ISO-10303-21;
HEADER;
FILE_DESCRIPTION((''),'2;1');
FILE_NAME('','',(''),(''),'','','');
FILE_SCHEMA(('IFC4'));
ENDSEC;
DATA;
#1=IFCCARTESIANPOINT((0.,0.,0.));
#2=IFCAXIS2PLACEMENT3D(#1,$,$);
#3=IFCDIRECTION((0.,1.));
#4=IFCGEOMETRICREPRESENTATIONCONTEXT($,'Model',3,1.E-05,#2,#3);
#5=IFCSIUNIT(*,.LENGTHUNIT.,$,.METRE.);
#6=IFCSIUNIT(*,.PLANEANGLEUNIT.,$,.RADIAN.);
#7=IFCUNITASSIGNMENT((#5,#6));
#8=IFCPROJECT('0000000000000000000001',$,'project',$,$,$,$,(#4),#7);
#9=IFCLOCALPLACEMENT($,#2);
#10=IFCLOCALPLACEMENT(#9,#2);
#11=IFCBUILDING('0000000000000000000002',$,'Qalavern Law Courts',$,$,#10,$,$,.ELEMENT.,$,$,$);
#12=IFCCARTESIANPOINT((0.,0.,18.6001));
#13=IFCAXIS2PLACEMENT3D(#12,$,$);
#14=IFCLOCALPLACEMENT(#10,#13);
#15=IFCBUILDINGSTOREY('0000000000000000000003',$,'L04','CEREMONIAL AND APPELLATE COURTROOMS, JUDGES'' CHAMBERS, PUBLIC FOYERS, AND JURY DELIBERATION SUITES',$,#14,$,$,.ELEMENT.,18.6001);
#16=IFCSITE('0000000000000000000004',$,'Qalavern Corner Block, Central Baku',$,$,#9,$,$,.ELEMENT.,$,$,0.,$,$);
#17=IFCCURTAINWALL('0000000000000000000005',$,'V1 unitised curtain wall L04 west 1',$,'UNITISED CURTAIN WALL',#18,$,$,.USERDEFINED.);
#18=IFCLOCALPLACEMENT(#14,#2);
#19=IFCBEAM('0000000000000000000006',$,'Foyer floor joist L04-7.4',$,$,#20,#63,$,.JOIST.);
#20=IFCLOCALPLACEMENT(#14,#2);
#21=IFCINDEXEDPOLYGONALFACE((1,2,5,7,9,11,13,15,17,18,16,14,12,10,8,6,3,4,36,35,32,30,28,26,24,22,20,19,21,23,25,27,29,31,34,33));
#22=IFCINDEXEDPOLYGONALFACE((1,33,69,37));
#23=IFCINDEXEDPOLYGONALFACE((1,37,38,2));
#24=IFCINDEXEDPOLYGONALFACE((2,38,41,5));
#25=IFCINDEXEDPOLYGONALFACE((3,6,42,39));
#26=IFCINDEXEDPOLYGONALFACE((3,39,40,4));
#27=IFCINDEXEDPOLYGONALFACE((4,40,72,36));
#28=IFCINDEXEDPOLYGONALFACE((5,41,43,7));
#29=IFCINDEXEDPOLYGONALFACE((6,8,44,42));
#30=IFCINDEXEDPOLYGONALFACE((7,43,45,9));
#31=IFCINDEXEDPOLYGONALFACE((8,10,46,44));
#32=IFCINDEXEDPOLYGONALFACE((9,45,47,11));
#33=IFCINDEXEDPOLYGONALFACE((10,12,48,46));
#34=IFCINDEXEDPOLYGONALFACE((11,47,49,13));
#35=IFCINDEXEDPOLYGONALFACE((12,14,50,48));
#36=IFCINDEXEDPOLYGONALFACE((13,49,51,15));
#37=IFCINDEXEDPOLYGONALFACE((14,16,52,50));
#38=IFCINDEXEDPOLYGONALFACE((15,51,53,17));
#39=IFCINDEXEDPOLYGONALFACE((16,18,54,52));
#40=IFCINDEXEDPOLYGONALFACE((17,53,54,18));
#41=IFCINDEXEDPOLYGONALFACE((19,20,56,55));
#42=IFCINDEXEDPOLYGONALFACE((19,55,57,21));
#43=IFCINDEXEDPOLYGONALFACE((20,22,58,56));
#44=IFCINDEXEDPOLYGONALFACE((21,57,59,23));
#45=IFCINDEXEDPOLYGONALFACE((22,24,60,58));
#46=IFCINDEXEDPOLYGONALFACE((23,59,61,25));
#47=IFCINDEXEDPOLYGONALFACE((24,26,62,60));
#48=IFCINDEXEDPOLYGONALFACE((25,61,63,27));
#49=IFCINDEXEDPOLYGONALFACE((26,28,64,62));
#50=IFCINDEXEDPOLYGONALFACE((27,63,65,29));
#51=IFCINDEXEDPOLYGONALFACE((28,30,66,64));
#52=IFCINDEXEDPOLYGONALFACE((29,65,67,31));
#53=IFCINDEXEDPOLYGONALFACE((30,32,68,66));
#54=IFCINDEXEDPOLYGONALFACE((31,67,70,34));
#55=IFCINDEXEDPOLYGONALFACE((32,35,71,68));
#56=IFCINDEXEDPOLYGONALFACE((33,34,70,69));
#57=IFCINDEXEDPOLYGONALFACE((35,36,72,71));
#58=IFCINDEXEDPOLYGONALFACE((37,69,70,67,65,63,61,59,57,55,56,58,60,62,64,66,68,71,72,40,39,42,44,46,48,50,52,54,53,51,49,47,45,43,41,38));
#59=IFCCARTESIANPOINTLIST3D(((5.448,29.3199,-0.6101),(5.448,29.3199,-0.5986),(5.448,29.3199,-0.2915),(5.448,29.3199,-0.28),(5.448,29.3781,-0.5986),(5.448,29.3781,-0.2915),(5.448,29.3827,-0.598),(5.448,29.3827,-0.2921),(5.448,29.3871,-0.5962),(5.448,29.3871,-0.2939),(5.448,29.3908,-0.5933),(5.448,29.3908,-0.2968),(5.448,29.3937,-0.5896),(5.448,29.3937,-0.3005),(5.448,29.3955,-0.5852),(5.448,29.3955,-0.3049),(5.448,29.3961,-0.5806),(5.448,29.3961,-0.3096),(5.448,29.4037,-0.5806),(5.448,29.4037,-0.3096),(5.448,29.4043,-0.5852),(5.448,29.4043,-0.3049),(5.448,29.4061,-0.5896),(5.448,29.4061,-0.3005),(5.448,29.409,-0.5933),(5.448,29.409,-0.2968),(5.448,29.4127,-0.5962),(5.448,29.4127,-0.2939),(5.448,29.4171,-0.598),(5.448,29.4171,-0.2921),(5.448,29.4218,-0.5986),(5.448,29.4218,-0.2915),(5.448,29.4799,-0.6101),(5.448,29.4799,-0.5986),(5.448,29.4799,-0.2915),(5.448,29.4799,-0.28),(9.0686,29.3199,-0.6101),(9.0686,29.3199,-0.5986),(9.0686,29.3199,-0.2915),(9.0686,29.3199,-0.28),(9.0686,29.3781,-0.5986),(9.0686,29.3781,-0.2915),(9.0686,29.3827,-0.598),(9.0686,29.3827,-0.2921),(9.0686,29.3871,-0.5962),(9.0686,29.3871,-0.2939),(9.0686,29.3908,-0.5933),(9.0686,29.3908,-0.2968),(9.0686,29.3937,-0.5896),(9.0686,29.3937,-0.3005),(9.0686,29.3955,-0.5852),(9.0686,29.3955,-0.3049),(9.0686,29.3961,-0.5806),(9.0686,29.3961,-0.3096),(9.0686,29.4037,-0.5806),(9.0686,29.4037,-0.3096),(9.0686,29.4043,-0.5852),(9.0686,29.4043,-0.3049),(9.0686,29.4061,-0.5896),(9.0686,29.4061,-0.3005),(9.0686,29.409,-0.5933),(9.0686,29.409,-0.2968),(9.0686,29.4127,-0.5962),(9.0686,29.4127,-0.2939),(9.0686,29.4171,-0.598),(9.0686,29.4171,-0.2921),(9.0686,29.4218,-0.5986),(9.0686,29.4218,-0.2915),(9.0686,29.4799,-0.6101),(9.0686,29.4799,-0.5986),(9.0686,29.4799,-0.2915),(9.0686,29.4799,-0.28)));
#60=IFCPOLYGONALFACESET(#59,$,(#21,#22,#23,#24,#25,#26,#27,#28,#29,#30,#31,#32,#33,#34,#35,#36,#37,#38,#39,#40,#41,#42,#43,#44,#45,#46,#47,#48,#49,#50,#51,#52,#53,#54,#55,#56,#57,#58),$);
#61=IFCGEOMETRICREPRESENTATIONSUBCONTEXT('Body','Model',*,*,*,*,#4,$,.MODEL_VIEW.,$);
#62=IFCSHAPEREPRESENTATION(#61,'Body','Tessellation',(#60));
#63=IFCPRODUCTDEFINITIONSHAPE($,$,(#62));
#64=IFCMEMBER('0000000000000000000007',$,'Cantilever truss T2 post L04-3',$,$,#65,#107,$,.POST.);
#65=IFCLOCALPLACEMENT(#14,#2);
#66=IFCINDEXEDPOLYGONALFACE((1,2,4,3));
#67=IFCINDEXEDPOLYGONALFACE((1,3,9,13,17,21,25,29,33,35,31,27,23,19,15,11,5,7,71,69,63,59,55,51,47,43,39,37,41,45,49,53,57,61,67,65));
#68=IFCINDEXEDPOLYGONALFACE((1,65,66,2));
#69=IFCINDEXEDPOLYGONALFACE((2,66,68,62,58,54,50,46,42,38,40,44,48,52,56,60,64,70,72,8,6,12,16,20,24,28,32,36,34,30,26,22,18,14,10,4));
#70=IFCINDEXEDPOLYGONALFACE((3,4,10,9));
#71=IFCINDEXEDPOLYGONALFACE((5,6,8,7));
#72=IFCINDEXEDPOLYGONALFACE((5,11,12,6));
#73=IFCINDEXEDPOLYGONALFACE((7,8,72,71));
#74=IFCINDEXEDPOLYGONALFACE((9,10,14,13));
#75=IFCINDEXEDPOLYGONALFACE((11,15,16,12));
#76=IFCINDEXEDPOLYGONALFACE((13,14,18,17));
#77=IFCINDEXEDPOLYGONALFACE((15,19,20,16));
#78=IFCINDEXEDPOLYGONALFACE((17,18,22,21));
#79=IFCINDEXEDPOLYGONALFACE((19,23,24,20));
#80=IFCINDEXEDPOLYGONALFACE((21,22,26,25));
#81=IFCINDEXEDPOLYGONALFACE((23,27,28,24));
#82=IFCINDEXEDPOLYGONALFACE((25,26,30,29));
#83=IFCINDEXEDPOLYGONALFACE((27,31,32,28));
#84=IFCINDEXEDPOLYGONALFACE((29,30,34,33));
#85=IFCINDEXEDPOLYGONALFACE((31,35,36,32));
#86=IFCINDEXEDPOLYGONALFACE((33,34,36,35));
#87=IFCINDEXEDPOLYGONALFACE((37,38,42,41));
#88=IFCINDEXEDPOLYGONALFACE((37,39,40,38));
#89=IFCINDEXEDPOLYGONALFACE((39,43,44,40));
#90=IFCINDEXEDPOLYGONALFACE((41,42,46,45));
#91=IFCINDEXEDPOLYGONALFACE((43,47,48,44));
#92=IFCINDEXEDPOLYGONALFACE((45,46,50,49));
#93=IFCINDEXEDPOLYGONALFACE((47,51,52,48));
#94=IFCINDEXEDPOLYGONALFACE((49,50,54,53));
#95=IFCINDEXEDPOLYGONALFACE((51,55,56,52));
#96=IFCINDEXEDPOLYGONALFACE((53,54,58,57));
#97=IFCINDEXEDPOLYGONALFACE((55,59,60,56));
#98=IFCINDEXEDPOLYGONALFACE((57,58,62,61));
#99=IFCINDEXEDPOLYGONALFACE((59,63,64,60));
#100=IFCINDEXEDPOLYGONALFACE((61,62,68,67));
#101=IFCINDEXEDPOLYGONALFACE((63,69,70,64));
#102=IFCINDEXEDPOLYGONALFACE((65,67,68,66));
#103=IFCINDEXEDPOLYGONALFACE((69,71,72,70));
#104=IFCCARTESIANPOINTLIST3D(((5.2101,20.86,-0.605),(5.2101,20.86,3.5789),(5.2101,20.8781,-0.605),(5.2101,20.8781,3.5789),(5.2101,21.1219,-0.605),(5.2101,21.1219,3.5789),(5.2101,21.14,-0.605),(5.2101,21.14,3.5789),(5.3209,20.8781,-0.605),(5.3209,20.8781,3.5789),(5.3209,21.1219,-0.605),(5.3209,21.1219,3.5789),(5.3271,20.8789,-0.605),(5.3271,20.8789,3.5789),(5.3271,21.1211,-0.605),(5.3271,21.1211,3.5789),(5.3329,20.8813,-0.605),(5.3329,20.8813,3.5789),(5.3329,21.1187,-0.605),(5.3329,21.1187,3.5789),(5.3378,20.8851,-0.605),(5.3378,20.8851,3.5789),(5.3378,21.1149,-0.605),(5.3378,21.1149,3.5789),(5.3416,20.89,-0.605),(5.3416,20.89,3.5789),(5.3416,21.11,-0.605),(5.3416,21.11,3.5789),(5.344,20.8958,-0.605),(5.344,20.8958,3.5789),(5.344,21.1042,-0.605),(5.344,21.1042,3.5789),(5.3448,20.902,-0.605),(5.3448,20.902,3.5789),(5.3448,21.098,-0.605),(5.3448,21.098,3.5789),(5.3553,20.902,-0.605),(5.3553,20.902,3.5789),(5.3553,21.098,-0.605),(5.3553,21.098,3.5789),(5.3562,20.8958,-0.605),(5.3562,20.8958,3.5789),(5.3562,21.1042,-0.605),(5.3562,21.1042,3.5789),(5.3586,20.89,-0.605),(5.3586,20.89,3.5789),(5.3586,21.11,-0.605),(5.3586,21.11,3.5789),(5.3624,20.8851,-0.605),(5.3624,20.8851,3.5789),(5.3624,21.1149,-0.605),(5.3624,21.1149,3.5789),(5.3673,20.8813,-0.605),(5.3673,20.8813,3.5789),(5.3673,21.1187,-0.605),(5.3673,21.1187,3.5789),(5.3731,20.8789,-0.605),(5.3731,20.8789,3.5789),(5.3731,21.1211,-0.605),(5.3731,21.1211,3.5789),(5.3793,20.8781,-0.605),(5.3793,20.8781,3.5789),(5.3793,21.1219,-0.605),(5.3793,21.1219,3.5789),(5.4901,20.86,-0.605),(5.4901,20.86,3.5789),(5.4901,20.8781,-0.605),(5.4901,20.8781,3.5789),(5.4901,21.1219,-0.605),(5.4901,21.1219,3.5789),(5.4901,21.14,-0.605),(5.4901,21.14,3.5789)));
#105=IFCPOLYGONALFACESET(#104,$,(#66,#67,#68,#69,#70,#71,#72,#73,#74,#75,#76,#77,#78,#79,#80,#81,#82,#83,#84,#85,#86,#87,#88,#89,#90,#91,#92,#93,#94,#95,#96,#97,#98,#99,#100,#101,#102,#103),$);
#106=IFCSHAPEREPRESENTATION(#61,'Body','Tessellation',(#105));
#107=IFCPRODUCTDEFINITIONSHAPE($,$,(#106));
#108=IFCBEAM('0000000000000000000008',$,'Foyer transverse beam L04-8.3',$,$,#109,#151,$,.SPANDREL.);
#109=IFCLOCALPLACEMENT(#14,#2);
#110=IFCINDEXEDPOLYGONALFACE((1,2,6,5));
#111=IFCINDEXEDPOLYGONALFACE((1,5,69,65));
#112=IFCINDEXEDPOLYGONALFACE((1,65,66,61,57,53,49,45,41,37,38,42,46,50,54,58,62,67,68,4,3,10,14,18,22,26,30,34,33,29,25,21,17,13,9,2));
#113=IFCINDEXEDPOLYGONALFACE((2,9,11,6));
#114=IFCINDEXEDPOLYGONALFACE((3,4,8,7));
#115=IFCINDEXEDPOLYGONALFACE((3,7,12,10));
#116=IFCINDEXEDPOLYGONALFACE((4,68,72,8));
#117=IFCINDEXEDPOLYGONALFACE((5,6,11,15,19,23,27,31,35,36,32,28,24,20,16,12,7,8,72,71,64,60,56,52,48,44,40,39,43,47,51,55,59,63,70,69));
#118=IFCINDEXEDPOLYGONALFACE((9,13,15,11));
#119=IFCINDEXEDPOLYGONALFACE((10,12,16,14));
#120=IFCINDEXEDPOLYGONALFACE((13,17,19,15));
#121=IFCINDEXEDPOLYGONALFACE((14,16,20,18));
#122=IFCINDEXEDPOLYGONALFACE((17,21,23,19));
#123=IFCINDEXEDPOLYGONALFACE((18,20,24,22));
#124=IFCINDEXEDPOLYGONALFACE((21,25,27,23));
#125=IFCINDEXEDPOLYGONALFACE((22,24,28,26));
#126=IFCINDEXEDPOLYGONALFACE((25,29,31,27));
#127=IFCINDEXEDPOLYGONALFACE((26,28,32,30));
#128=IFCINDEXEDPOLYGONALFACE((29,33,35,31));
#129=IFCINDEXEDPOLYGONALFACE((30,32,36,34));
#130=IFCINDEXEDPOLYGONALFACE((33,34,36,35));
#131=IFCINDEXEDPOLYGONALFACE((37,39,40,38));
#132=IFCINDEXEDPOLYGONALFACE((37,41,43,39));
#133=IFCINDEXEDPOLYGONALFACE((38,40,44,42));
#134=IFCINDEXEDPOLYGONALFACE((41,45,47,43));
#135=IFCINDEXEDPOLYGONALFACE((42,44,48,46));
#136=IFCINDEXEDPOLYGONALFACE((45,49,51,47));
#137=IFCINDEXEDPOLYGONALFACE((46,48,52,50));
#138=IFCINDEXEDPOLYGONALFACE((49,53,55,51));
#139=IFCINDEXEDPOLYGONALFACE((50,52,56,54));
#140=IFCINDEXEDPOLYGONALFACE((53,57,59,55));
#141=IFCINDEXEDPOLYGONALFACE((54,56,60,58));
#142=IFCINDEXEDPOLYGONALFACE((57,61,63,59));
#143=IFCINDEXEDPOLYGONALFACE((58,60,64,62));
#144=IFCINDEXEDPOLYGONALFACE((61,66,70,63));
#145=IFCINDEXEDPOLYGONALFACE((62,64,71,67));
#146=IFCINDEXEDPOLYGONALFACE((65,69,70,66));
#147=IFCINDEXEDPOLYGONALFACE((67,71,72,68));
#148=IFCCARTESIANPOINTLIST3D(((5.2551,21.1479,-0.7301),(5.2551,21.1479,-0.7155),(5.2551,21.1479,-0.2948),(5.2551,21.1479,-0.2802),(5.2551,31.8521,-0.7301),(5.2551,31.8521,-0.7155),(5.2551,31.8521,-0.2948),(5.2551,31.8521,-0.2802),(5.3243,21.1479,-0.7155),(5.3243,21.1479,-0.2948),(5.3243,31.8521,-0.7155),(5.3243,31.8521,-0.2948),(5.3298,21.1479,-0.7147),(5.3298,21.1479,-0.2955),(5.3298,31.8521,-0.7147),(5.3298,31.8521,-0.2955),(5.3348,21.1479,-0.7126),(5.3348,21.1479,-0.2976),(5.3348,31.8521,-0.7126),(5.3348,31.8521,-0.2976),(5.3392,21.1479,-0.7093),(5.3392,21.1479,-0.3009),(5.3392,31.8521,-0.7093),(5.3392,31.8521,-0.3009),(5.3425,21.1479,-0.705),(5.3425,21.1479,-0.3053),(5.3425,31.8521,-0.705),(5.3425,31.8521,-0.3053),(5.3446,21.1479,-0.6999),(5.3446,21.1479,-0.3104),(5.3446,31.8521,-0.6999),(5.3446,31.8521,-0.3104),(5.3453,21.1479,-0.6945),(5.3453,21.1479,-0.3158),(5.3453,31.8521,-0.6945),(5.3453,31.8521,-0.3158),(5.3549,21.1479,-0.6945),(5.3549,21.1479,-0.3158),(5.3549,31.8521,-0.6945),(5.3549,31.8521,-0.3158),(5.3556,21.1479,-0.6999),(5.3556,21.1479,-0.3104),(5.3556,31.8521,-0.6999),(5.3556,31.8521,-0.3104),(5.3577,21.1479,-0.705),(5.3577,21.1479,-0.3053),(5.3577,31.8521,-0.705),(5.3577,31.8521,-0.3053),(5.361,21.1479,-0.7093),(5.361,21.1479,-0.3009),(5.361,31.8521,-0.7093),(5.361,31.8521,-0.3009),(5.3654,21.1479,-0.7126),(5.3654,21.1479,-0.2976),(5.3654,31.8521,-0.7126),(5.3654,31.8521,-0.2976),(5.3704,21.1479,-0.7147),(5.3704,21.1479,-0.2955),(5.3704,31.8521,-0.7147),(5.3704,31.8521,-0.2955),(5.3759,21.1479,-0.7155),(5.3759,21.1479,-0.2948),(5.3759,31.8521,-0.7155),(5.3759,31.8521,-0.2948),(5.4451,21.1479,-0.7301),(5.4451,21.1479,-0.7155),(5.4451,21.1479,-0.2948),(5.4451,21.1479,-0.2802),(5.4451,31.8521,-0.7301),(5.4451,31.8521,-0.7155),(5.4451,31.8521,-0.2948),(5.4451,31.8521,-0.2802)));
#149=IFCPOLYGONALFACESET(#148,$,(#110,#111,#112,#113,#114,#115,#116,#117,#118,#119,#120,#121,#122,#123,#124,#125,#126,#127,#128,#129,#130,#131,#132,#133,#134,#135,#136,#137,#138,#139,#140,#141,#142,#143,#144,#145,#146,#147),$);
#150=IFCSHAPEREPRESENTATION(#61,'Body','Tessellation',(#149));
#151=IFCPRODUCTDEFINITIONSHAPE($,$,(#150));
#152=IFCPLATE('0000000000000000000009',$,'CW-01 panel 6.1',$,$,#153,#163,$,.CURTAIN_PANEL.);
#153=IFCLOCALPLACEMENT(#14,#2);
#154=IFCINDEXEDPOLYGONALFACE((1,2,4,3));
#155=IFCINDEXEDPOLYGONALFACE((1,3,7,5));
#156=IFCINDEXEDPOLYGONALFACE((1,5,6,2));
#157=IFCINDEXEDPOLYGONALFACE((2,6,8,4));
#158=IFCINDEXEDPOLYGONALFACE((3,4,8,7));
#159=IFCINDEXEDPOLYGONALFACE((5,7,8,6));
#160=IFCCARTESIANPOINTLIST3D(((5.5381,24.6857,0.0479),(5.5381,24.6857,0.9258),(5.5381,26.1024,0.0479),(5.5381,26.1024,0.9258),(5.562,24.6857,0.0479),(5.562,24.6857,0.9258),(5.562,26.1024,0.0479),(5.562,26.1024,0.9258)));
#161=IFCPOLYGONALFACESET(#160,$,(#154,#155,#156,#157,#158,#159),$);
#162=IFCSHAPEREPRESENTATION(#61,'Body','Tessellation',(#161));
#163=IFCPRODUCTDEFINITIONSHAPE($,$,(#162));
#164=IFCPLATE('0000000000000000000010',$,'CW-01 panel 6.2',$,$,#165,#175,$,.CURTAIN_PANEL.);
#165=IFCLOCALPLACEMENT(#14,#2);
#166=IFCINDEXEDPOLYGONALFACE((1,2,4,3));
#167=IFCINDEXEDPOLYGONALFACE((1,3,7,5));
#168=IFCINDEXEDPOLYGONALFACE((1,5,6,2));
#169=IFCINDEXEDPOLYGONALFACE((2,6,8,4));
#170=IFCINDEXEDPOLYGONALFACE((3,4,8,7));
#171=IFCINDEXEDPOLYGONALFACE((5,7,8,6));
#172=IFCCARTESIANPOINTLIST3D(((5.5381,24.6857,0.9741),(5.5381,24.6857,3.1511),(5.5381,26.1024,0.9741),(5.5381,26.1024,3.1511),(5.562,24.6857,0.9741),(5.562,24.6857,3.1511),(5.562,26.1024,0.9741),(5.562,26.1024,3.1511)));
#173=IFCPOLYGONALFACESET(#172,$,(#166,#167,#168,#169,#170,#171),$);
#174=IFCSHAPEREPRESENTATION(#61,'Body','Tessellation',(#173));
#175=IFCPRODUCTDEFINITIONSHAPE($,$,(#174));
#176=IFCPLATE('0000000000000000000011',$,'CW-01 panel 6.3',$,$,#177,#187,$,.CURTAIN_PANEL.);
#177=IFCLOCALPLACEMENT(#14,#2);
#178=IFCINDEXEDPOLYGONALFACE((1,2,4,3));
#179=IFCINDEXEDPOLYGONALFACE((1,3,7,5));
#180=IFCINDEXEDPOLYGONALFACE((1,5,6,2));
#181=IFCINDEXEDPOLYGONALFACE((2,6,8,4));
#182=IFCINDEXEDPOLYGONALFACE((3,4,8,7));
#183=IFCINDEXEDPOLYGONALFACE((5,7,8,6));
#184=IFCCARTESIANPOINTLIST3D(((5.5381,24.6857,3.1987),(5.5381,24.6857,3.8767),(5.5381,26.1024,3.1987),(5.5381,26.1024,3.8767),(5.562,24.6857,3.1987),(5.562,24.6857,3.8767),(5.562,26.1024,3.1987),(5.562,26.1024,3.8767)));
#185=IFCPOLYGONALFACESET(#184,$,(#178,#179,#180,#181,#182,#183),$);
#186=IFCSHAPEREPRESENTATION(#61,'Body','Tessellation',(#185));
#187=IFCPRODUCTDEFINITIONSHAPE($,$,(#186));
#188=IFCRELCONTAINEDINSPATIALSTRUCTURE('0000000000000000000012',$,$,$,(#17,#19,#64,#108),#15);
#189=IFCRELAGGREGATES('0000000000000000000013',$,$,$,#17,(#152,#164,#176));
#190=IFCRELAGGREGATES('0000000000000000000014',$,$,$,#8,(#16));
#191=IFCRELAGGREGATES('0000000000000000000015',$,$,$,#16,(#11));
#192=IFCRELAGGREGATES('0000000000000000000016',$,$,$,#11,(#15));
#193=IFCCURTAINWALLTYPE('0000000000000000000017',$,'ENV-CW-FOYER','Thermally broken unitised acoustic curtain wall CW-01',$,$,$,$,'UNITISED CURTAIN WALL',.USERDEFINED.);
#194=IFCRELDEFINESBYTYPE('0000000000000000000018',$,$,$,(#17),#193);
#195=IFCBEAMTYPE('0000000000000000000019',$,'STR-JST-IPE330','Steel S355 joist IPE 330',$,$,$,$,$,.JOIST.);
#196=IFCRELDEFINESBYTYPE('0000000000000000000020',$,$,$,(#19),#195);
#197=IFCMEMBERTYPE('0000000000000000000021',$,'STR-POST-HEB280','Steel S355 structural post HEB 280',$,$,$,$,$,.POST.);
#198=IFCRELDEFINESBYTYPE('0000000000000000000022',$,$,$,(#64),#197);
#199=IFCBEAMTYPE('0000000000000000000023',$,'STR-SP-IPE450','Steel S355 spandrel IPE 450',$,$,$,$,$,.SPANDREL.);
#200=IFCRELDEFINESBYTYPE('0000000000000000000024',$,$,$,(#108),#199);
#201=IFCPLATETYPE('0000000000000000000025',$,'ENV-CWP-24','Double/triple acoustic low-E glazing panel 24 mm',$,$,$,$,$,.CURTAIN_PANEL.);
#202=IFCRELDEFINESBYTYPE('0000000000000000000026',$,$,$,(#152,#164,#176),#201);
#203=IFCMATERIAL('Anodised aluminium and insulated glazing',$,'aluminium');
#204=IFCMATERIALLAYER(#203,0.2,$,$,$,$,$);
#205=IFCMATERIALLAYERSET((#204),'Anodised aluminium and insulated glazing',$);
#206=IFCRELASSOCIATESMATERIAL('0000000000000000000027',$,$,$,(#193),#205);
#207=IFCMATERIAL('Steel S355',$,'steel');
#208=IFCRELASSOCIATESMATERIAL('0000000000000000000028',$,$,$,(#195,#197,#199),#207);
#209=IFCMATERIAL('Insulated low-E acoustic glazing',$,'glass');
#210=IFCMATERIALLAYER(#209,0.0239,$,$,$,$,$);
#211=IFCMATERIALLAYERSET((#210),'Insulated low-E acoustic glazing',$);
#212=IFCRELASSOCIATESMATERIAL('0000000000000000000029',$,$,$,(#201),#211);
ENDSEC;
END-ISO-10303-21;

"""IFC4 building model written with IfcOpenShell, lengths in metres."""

from ifc_helpers import new_model, si_unit, direction, frame, origin, origin_2d, place, context, subcontext, project, spatial, rectangle, i_section, extrude, material, layer, layer_set, material_profile, profile_set, type_object, element, aggregate, save


model = new_model("IFC4")

# Units and contexts
model_context = context("Model", 3, precision=1e-05, world=origin(), true_north=direction((0.0, 1.0)))
body_context = subcontext(model_context, "Body", "Model", "MODEL_VIEW")
ifc_project = project(units=[si_unit("LENGTHUNIT", "METRE"), si_unit("PLANEANGLEUNIT", "RADIAN")], contexts=[model_context])

# Site, building, storey
site_placement = place(None, origin())
site = spatial("IfcSite", under=ifc_project, at=site_placement, Name="Qalavern Corner Block, Central Baku", CompositionType="ELEMENT", RefElevation=0.0)
building_placement = place(site_placement, origin())
building = spatial("IfcBuilding", under=site, at=building_placement, Name="Qalavern Law Courts", CompositionType="ELEMENT")
storey_placement = place(building_placement, frame((0.0, 0.0, 18.6001)))
storey = spatial("IfcBuildingStorey", under=building, at=storey_placement, Name="L04", Description="CEREMONIAL AND APPELLATE COURTROOMS, JUDGES' CHAMBERS, PUBLIC FOYERS, AND JURY DELIBERATION SUITES", CompositionType="ELEMENT", Elevation=18.6001)

# Curtain wall
ifc_material_1 = material(Name="Anodised aluminium and insulated glazing", Category="aluminium")
ifc_layer_1 = layer(ifc_material_1, 0.2)
ifc_layer_set_1 = layer_set([ifc_layer_1], Name="Anodised aluminium and insulated glazing")
curtain_wall_type = type_object("IfcCurtainWallType", Name="ENV-CW-FOYER", Description="Thermally broken unitised acoustic curtain wall CW-01", ElementType="UNITISED CURTAIN WALL", PredefinedType="USERDEFINED", material=ifc_layer_set_1)
curtain_wall_placement = place(storey_placement, origin())
curtain_wall = element("IfcCurtainWall", 1, at=curtain_wall_placement, inside=storey, type_object=curtain_wall_type, Name="V1 unitised curtain wall L04 west 1", ObjectType="UNITISED CURTAIN WALL", PredefinedType="USERDEFINED")

# Beam
ifc_material_2 = material(Name="Steel S355", Category="steel")
ifc_material_profile_1 = material_profile(ifc_material_2, i_section(OverallWidth=0.1599, OverallDepth=0.3301, WebThickness=0.0076, FlangeThickness=0.0115, FilletRadius=0.0181, at=origin_2d()), Name="IPE 330")
ifc_profile_set_1 = profile_set([ifc_material_profile_1], Name="Steel S355")
beam_type_1 = type_object("IfcBeamType", Name="STR-JST-IPE330", Description="Steel S355 joist IPE 330", PredefinedType="JOIST", material=ifc_profile_set_1)
for number, where, z_axis, x_axis, name in (
    (2, (5.448, 29.3999, -0.4451), (1.0, 0.0, 0.0), (0.0, 1.0, 0.0), "Foyer floor joist L04-7.4"),
):
    element("IfcBeam", number, at=place(storey_placement, frame(where, z_axis=z_axis, x_axis=x_axis)), inside=storey, type_object=beam_type_1, Name=name, PredefinedType="JOIST", context=body_context, shape_type="SweptSolid", body=[
        extrude(i_section(OverallWidth=0.1599, OverallDepth=0.3301, WebThickness=0.0076, FlangeThickness=0.0115, FilletRadius=0.0181, at=origin_2d()), origin(), (0.0, 0.0, 1.0), 3.6206),
    ])

# Member
ifc_material_profile_2 = material_profile(ifc_material_2, i_section(OverallWidth=0.28, OverallDepth=0.28, WebThickness=0.0105, FlangeThickness=0.0181, FilletRadius=0.0239, at=origin_2d()), Name="HEB 280")
ifc_profile_set_2 = profile_set([ifc_material_profile_2], Name="Steel S355")
member_type_1 = type_object("IfcMemberType", Name="STR-POST-HEB280", Description="Steel S355 structural post HEB 280", PredefinedType="POST", material=ifc_profile_set_2)
member_1_placement = place(storey_placement, frame((5.3501, 21.0, -0.605), z_axis=(0.0, 0.0, 1.0), x_axis=(1.0, 0.0, 0.0)))
element("IfcMember", 3, at=member_1_placement, inside=storey, type_object=member_type_1, Name="Cantilever truss T2 post L04-3", PredefinedType="POST", context=body_context, shape_type="SweptSolid", body=[
    extrude(i_section(OverallWidth=0.28, OverallDepth=0.28, WebThickness=0.0105, FlangeThickness=0.0181, FilletRadius=0.0239, at=origin_2d()), origin(), (0.0, 0.0, 1.0), 4.1838),
])

# Beam
ifc_material_profile_3 = material_profile(ifc_material_2, i_section(OverallWidth=0.1899, OverallDepth=0.45, WebThickness=0.0095, FlangeThickness=0.0146, FilletRadius=0.021, at=origin_2d()), Name="IPE 450")
ifc_profile_set_3 = profile_set([ifc_material_profile_3], Name="Steel S355")
beam_type_2 = type_object("IfcBeamType", Name="STR-SP-IPE450", Description="Steel S355 spandrel IPE 450", PredefinedType="SPANDREL", material=ifc_profile_set_3)
beam_placement = place(storey_placement, frame((5.3501, 21.1479, -0.5051), z_axis=(0.0, 1.0, 0.0), x_axis=(-1.0, 0.0, 0.0)))
element("IfcBeam", 4, at=beam_placement, inside=storey, type_object=beam_type_2, Name="Foyer transverse beam L04-8.3", PredefinedType="SPANDREL", context=body_context, shape_type="SweptSolid", body=[
    extrude(i_section(OverallWidth=0.1899, OverallDepth=0.45, WebThickness=0.0095, FlangeThickness=0.0146, FilletRadius=0.021, at=origin_2d()), origin(), (0.0, 0.0, 1.0), 10.7041),
])

# Plates
ifc_material_3 = material(Name="Insulated low-E acoustic glazing", Category="glass")
ifc_layer_2 = layer(ifc_material_3, 0.0239)
ifc_layer_set_2 = layer_set([ifc_layer_2], Name="Insulated low-E acoustic glazing")
plate_type_1 = type_object("IfcPlateType", Name="ENV-CWP-24", Description="Double/triple acoustic low-E glazing panel 24 mm", PredefinedType="CURTAIN_PANEL", material=ifc_layer_set_2)
plate_1_placement = place(storey_placement, frame((5.55, 25.394, 0.0479), z_axis=(0.0, 0.0, 1.0), x_axis=(0.0, -1.0, 0.0)))
plate_1 = element("IfcPlate", 5, at=plate_1_placement, type_object=plate_type_1, Name="CW-01 panel 6.1", PredefinedType="CURTAIN_PANEL", context=body_context, shape_type="SweptSolid", body=[
    extrude(rectangle(XDim=1.4167, YDim=0.0239, at=origin_2d()), origin(), (0.0, 0.0, 1.0), 0.8779),
])
plate_2_placement = place(storey_placement, frame((5.55, 25.394, 0.9741), z_axis=(0.0, 0.0, 1.0), x_axis=(0.0, -1.0, 0.0)))
plate_2 = element("IfcPlate", 6, at=plate_2_placement, type_object=plate_type_1, Name="CW-01 panel 6.2", PredefinedType="CURTAIN_PANEL", context=body_context, shape_type="SweptSolid", body=[
    extrude(rectangle(XDim=1.4167, YDim=0.0239, at=origin_2d()), origin(), (0.0, 0.0, 1.0), 2.177),
])
plate_3_placement = place(storey_placement, frame((5.55, 25.394, 3.1987), z_axis=(0.0, 0.0, 1.0), x_axis=(0.0, -1.0, 0.0)))
plate_3 = element("IfcPlate", 7, at=plate_3_placement, type_object=plate_type_1, Name="CW-01 panel 6.3", PredefinedType="CURTAIN_PANEL", context=body_context, shape_type="SweptSolid", body=[
    extrude(rectangle(XDim=1.4167, YDim=0.0239, at=origin_2d()), origin(), (0.0, 0.0, 1.0), 0.678),
])
aggregate(curtain_wall, [plate_1, plate_2, plate_3])

save(model, "model.ifc")
